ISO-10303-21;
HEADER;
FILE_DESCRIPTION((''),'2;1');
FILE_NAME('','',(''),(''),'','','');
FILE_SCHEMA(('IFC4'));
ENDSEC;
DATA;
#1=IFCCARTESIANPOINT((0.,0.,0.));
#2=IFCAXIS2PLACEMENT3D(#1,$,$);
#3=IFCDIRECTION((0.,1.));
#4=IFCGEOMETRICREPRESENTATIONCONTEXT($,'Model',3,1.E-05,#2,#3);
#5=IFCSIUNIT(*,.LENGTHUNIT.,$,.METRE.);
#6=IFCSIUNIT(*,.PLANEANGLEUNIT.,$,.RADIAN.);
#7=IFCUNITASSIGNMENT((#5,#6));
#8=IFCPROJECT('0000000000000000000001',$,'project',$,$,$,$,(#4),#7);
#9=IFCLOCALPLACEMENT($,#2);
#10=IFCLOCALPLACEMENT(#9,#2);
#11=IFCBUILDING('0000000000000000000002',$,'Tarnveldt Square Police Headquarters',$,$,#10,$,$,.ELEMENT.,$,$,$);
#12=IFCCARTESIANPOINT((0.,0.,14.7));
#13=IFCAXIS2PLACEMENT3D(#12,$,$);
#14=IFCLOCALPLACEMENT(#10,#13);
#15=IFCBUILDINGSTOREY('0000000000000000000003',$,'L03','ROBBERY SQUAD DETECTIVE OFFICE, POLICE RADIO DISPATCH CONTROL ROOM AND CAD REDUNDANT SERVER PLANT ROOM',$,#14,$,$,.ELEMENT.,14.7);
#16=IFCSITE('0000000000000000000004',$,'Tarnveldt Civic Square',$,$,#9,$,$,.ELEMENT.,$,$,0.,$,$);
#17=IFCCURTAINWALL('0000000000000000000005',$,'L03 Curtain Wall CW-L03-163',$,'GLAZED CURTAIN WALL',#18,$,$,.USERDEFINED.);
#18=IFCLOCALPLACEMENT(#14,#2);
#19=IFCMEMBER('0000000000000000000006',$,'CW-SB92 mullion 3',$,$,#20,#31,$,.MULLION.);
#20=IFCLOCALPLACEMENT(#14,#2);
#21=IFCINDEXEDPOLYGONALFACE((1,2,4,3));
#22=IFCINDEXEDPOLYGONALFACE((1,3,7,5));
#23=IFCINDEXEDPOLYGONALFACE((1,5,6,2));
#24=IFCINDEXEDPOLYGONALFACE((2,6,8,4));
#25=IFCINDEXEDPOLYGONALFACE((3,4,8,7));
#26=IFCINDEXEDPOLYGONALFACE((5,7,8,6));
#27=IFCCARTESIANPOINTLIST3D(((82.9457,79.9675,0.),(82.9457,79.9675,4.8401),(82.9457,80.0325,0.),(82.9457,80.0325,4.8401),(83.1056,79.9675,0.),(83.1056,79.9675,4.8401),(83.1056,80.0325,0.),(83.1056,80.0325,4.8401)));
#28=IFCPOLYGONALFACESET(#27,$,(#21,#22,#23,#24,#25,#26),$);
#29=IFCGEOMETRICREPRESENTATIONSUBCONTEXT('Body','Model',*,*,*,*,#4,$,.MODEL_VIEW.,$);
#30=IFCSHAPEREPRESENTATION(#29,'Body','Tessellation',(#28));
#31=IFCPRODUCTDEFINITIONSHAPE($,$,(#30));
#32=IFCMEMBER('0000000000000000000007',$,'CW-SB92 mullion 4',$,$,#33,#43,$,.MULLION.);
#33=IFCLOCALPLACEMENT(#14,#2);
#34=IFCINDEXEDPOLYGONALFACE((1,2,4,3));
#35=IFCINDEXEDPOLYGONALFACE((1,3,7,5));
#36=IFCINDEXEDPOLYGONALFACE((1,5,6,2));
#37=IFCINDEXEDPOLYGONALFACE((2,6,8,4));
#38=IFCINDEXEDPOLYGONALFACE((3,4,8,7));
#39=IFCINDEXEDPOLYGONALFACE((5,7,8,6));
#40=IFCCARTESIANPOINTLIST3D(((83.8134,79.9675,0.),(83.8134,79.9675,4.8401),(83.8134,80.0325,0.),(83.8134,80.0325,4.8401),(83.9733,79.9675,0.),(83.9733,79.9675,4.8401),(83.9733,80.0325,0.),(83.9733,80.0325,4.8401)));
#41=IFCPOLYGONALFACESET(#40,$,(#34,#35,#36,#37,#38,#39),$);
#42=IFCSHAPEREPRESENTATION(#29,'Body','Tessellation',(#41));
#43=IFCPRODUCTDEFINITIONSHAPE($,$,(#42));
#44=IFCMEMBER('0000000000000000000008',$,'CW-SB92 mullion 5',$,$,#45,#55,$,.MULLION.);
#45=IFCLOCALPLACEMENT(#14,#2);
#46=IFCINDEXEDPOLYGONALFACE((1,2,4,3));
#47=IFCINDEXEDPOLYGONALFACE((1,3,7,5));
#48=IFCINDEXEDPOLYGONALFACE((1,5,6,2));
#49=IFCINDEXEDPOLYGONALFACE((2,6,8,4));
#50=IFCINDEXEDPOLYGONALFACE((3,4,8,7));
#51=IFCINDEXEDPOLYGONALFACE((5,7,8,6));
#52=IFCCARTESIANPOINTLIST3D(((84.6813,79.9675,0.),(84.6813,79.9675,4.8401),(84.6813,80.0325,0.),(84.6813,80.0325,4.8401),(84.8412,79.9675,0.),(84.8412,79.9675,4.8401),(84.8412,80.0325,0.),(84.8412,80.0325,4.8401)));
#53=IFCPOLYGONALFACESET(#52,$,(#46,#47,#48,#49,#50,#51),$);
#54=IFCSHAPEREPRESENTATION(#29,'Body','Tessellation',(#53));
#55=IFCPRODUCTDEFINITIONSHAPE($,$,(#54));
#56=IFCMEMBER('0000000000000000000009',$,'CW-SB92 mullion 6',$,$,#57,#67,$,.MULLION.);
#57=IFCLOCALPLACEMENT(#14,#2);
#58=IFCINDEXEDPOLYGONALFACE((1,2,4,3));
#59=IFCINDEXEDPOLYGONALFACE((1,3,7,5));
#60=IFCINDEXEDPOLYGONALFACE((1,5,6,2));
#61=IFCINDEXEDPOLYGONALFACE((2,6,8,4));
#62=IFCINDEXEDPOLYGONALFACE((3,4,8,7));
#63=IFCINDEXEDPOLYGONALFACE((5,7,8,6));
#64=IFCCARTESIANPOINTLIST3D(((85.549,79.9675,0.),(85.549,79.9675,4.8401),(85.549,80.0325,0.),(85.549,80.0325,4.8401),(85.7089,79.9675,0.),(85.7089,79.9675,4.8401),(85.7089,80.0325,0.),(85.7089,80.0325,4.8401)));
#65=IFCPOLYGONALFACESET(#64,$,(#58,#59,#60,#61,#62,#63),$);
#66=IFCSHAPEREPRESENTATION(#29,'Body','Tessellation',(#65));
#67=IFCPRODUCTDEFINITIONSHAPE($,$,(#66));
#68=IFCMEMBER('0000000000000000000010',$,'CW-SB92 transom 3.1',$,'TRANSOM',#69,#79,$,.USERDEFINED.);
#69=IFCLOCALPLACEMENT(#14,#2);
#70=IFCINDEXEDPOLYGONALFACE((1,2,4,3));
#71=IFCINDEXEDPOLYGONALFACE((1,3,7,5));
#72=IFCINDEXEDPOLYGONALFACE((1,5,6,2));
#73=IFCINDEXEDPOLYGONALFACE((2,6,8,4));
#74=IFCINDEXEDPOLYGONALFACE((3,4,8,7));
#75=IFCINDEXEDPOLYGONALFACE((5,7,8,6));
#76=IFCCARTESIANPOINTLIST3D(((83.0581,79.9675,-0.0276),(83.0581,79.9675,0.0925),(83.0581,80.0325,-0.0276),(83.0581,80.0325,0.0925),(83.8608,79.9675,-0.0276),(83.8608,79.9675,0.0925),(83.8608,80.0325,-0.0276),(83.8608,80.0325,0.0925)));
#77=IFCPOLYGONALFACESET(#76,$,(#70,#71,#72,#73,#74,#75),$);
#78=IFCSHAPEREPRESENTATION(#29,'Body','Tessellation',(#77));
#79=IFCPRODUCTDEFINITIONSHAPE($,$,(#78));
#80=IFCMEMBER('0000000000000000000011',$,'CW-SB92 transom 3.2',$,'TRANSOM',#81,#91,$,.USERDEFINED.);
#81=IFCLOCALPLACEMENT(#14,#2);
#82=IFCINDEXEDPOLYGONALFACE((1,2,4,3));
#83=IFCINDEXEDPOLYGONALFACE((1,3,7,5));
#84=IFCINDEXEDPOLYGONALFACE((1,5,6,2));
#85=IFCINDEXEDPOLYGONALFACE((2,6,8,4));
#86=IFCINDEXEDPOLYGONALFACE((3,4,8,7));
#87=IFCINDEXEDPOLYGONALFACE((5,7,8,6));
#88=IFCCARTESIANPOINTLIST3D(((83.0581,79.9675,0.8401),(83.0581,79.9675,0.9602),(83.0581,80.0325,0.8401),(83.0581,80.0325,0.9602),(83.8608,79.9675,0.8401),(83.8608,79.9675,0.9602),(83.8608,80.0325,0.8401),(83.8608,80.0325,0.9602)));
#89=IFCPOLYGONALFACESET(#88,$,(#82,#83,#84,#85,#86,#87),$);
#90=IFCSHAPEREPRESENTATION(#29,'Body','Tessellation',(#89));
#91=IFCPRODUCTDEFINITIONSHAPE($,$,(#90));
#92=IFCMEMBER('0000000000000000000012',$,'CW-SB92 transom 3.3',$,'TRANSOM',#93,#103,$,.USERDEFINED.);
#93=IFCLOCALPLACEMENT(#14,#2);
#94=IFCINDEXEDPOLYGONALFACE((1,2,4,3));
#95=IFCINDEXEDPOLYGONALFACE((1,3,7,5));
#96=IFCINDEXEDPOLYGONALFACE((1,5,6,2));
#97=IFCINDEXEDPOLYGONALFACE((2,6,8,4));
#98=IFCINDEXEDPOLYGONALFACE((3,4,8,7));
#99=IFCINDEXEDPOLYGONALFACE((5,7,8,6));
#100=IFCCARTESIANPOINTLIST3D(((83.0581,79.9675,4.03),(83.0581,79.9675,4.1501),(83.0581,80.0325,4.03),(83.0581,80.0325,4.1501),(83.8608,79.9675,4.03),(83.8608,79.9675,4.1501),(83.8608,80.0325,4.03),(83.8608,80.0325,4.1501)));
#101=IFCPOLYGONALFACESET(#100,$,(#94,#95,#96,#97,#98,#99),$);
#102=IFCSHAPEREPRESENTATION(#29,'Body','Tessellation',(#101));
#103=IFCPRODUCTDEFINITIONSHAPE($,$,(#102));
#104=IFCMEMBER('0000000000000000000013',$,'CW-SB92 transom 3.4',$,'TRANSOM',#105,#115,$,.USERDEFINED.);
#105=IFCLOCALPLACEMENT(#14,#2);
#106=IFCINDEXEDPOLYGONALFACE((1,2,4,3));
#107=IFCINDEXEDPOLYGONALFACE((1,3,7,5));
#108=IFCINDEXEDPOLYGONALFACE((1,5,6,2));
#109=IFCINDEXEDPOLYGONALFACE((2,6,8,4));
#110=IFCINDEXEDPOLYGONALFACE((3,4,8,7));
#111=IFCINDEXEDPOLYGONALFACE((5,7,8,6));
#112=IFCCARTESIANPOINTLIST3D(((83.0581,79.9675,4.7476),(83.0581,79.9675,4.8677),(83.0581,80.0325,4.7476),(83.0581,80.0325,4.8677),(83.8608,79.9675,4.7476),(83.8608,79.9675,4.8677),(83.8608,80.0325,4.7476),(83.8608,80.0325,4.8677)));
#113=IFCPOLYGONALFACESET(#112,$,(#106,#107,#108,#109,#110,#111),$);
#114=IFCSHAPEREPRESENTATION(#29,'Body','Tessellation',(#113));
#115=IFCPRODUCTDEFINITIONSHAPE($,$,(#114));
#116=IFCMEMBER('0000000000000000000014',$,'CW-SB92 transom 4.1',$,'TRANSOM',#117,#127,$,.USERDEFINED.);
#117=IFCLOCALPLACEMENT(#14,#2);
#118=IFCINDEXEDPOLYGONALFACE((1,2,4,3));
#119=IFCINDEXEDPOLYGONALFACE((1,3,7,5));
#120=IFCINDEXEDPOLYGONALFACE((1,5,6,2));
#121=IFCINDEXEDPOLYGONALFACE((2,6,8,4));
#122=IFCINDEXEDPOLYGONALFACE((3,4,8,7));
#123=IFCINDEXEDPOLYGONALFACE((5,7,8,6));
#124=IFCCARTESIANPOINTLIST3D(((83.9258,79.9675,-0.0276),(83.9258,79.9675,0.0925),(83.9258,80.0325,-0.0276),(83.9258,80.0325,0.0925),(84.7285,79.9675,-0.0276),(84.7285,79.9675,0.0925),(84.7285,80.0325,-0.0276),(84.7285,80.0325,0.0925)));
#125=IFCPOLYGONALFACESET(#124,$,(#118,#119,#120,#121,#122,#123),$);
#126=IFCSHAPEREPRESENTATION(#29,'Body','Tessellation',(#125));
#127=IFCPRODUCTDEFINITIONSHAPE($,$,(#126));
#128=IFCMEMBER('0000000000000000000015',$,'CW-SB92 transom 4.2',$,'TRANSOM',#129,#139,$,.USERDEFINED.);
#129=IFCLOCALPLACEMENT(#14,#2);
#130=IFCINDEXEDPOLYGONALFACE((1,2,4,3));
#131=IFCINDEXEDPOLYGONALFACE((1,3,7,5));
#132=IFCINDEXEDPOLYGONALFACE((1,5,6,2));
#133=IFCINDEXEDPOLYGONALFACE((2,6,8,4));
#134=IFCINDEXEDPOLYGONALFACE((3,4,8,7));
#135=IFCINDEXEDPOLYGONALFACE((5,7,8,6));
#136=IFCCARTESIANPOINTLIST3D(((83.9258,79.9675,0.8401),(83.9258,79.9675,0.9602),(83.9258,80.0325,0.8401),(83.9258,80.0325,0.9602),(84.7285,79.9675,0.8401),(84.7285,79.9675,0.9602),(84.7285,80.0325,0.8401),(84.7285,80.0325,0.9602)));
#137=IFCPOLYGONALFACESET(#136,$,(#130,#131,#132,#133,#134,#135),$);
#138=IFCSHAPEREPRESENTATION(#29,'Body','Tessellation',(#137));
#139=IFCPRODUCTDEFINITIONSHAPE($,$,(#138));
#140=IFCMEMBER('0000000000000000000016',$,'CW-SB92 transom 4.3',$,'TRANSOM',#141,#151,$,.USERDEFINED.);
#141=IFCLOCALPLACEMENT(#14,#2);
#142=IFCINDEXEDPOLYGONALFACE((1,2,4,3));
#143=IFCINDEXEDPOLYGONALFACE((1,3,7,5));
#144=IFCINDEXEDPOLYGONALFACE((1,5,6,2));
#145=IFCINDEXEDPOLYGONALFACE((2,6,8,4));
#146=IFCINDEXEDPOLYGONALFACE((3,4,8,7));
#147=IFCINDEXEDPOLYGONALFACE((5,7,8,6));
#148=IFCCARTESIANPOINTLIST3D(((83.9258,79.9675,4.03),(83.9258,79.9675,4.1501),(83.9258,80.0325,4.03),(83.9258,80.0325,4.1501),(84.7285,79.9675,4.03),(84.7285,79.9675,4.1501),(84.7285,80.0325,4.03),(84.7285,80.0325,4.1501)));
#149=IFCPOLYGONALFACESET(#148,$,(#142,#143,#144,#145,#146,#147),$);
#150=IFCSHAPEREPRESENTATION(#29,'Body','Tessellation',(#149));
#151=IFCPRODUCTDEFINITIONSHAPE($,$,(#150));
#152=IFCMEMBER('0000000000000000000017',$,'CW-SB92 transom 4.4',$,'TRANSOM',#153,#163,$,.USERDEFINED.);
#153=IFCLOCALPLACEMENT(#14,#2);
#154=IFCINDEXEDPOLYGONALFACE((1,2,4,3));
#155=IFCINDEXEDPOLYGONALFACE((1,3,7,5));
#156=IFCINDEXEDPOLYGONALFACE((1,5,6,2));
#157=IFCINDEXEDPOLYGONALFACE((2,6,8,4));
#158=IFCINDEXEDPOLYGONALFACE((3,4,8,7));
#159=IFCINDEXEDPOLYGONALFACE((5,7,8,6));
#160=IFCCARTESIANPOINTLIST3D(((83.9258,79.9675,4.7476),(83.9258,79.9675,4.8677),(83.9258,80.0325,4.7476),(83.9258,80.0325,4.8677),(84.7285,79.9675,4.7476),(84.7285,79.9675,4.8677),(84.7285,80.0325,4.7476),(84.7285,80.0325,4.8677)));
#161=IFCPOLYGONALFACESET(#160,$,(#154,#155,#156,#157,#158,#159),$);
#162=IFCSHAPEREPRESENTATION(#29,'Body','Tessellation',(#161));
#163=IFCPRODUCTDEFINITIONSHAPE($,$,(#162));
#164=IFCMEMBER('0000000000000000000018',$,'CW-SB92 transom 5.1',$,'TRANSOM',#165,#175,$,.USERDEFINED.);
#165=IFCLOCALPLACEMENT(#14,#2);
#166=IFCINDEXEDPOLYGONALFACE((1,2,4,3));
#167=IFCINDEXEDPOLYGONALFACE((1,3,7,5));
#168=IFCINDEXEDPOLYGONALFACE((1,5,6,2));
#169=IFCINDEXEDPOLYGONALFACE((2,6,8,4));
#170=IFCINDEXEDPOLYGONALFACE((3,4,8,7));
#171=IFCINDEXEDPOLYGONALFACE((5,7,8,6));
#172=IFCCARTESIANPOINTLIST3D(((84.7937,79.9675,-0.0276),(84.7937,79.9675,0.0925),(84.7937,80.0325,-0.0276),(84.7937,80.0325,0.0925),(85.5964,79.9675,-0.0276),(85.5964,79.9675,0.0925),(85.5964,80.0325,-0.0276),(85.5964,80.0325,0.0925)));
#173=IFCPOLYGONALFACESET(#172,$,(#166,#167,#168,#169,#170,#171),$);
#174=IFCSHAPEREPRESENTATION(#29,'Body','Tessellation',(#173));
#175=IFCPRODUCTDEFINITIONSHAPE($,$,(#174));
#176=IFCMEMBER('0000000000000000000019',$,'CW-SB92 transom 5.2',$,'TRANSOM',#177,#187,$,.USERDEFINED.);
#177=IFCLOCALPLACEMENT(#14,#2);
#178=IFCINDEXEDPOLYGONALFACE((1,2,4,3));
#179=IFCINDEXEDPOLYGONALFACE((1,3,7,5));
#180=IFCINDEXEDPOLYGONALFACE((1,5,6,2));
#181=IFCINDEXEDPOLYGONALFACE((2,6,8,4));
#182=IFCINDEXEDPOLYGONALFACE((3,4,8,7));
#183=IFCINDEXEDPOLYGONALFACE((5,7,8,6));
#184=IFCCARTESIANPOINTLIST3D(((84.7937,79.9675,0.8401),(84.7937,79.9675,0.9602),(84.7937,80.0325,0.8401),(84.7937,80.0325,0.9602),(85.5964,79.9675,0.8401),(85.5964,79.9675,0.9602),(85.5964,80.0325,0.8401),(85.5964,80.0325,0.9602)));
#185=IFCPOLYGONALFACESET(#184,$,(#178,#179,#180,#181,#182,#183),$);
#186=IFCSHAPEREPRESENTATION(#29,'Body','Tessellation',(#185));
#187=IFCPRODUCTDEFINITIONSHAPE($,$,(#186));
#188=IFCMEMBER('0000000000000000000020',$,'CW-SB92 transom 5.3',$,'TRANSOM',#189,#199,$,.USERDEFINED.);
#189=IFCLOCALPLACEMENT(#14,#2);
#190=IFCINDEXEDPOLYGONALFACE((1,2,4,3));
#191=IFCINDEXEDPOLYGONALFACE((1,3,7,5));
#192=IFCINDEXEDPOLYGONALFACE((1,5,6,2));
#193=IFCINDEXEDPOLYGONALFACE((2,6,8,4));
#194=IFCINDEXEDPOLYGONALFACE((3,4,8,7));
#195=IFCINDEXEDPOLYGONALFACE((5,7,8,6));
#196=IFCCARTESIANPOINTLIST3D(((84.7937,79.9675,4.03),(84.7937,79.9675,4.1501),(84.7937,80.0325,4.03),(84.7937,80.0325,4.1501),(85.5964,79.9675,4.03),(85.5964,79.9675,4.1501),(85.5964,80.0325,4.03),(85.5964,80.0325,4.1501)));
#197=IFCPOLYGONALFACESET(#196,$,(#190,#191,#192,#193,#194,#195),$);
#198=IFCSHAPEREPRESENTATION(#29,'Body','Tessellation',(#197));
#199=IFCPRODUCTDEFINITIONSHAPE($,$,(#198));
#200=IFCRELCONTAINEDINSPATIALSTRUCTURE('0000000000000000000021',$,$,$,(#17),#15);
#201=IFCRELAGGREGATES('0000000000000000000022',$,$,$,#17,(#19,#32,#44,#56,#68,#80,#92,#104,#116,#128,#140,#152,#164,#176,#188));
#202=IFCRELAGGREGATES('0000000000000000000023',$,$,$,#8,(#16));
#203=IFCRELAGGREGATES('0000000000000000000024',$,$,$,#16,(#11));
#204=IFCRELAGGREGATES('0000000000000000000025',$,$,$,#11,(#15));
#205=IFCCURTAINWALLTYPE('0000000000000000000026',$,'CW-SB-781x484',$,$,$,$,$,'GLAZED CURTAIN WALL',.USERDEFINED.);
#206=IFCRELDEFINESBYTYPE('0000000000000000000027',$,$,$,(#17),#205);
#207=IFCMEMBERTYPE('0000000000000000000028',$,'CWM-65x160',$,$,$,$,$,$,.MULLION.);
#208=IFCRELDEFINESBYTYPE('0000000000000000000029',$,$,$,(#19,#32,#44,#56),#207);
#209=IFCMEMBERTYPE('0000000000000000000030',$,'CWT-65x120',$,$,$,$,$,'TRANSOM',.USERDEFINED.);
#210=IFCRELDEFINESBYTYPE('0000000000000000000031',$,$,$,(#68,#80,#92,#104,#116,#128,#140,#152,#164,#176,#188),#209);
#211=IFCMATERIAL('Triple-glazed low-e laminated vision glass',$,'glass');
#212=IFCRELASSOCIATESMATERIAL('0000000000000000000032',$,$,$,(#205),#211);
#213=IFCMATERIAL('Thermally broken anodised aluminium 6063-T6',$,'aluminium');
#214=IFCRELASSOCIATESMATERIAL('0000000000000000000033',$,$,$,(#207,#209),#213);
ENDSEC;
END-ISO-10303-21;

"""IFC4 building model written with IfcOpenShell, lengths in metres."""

from ifc_helpers import new_model, si_unit, direction, frame, origin, origin_2d, place, context, subcontext, project, spatial, rectangle, extrude, material, material_profile, profile_set, type_object, element, aggregate, save


model = new_model("IFC4")

# Units and contexts
model_context = context("Model", 3, precision=1e-05, world=origin(), true_north=direction((0.0, 1.0)))
body_context = subcontext(model_context, "Body", "Model", "MODEL_VIEW")
ifc_project = project(units=[si_unit("LENGTHUNIT", "METRE"), si_unit("PLANEANGLEUNIT", "RADIAN")], contexts=[model_context])

# Site, building, storey
site_placement = place(None, origin())
site = spatial("IfcSite", under=ifc_project, at=site_placement, Name="Tarnveldt Civic Square", CompositionType="ELEMENT", RefElevation=0.0)
building_placement = place(site_placement, origin())
building = spatial("IfcBuilding", under=site, at=building_placement, Name="Tarnveldt Square Police Headquarters", CompositionType="ELEMENT")
storey_placement = place(building_placement, frame((0.0, 0.0, 14.7)))
storey = spatial("IfcBuildingStorey", under=building, at=storey_placement, Name="L03", Description="ROBBERY SQUAD DETECTIVE OFFICE, POLICE RADIO DISPATCH CONTROL ROOM AND CAD REDUNDANT SERVER PLANT ROOM", CompositionType="ELEMENT", Elevation=14.7)

# Curtain wall, members
ifc_material_1 = material(Name="Triple-glazed low-e laminated vision glass", Category="glass")
curtain_wall_type = type_object("IfcCurtainWallType", Name="CW-SB-781x484", ElementType="GLAZED CURTAIN WALL", PredefinedType="USERDEFINED", material=ifc_material_1)
curtain_wall_placement = place(storey_placement, origin())
curtain_wall = element("IfcCurtainWall", 1, at=curtain_wall_placement, inside=storey, type_object=curtain_wall_type, Name="L03 Curtain Wall CW-L03-163", ObjectType="GLAZED CURTAIN WALL", PredefinedType="USERDEFINED")
ifc_material_2 = material(Name="Thermally broken anodised aluminium 6063-T6", Category="aluminium")
ifc_material_profile_1 = material_profile(ifc_material_2, rectangle(XDim=0.0649, YDim=0.1599, at=origin_2d()), Name="CW-M65x160")
ifc_profile_set_1 = profile_set([ifc_material_profile_1], Name="Thermally broken anodised aluminium 6063-T6")
member_type_1 = type_object("IfcMemberType", Name="CWM-65x160", PredefinedType="MULLION", material=ifc_profile_set_1)
member_1_placement = place(storey_placement, frame((83.0256, 80.0, 0.0), z_axis=(0.0, 0.0, 1.0), x_axis=(0.0, 1.0, 0.0)))
member_1 = element("IfcMember", 2, at=member_1_placement, type_object=member_type_1, Name="CW-SB92 mullion 3", PredefinedType="MULLION", context=body_context, shape_type="SweptSolid", body=[
    extrude(rectangle(XDim=0.0649, YDim=0.1599, at=origin_2d()), origin(), (0.0, 0.0, 1.0), 4.8401),
])
member_2_placement = place(storey_placement, frame((83.8933, 80.0, 0.0), z_axis=(0.0, 0.0, 1.0), x_axis=(0.0, 1.0, 0.0)))
member_2 = element("IfcMember", 3, at=member_2_placement, type_object=member_type_1, Name="CW-SB92 mullion 4", PredefinedType="MULLION", context=body_context, shape_type="SweptSolid", body=[
    extrude(rectangle(XDim=0.0649, YDim=0.1599, at=origin_2d()), origin(), (0.0, 0.0, 1.0), 4.8401),
])
member_3_placement = place(storey_placement, frame((84.7612, 80.0, 0.0), z_axis=(0.0, 0.0, 1.0), x_axis=(0.0, 1.0, 0.0)))
member_3 = element("IfcMember", 4, at=member_3_placement, type_object=member_type_1, Name="CW-SB92 mullion 5", PredefinedType="MULLION", context=body_context, shape_type="SweptSolid", body=[
    extrude(rectangle(XDim=0.0649, YDim=0.1599, at=origin_2d()), origin(), (0.0, 0.0, 1.0), 4.8401),
])
member_4_placement = place(storey_placement, frame((85.6289, 80.0, 0.0), z_axis=(0.0, 0.0, 1.0), x_axis=(0.0, 1.0, 0.0)))
member_4 = element("IfcMember", 5, at=member_4_placement, type_object=member_type_1, Name="CW-SB92 mullion 6", PredefinedType="MULLION", context=body_context, shape_type="SweptSolid", body=[
    extrude(rectangle(XDim=0.0649, YDim=0.1599, at=origin_2d()), origin(), (0.0, 0.0, 1.0), 4.8401),
])
ifc_material_profile_2 = material_profile(ifc_material_2, rectangle(XDim=0.0649, YDim=0.1201, at=origin_2d()), Name="CW-T65x120")
ifc_profile_set_2 = profile_set([ifc_material_profile_2], Name="Thermally broken anodised aluminium 6063-T6")
member_type_2 = type_object("IfcMemberType", Name="CWT-65x120", ElementType="TRANSOM", PredefinedType="USERDEFINED", material=ifc_profile_set_2)
member_5_placement = place(storey_placement, frame((83.0581, 80.0, 0.0325), z_axis=(1.0, 0.0, 0.0), x_axis=(0.0, 1.0, 0.0)))
member_5 = element("IfcMember", 6, at=member_5_placement, type_object=member_type_2, Name="CW-SB92 transom 3.1", ObjectType="TRANSOM", PredefinedType="USERDEFINED", context=body_context, shape_type="SweptSolid", body=[
    extrude(rectangle(XDim=0.0649, YDim=0.1201, at=origin_2d()), origin(), (0.0, 0.0, 1.0), 0.8027),
])
member_6_placement = place(storey_placement, frame((83.0581, 80.0, 0.9001), z_axis=(1.0, 0.0, 0.0), x_axis=(0.0, 1.0, 0.0)))
member_6 = element("IfcMember", 7, at=member_6_placement, type_object=member_type_2, Name="CW-SB92 transom 3.2", ObjectType="TRANSOM", PredefinedType="USERDEFINED", context=body_context, shape_type="SweptSolid", body=[
    extrude(rectangle(XDim=0.0649, YDim=0.1201, at=origin_2d()), origin(), (0.0, 0.0, 1.0), 0.8027),
])
member_7_placement = place(storey_placement, frame((83.0581, 80.0, 4.0901), z_axis=(1.0, 0.0, 0.0), x_axis=(0.0, 1.0, 0.0)))
member_7 = element("IfcMember", 8, at=member_7_placement, type_object=member_type_2, Name="CW-SB92 transom 3.3", ObjectType="TRANSOM", PredefinedType="USERDEFINED", context=body_context, shape_type="SweptSolid", body=[
    extrude(rectangle(XDim=0.0649, YDim=0.1201, at=origin_2d()), origin(), (0.0, 0.0, 1.0), 0.8027),
])
member_8_placement = place(storey_placement, frame((83.0581, 80.0, 4.8076), z_axis=(1.0, 0.0, 0.0), x_axis=(0.0, 1.0, 0.0)))
member_8 = element("IfcMember", 9, at=member_8_placement, type_object=member_type_2, Name="CW-SB92 transom 3.4", ObjectType="TRANSOM", PredefinedType="USERDEFINED", context=body_context, shape_type="SweptSolid", body=[
    extrude(rectangle(XDim=0.0649, YDim=0.1201, at=origin_2d()), origin(), (0.0, 0.0, 1.0), 0.8027),
])
member_9_placement = place(storey_placement, frame((83.9258, 80.0, 0.0325), z_axis=(1.0, 0.0, 0.0), x_axis=(0.0, 1.0, 0.0)))
member_9 = element("IfcMember", 10, at=member_9_placement, type_object=member_type_2, Name="CW-SB92 transom 4.1", ObjectType="TRANSOM", PredefinedType="USERDEFINED", context=body_context, shape_type="SweptSolid", body=[
    extrude(rectangle(XDim=0.0649, YDim=0.1201, at=origin_2d()), origin(), (0.0, 0.0, 1.0), 0.8027),
])
member_10_placement = place(storey_placement, frame((83.9258, 80.0, 0.9001), z_axis=(1.0, 0.0, 0.0), x_axis=(0.0, 1.0, 0.0)))
member_10 = element("IfcMember", 11, at=member_10_placement, type_object=member_type_2, Name="CW-SB92 transom 4.2", ObjectType="TRANSOM", PredefinedType="USERDEFINED", context=body_context, shape_type="SweptSolid", body=[
    extrude(rectangle(XDim=0.0649, YDim=0.1201, at=origin_2d()), origin(), (0.0, 0.0, 1.0), 0.8027),
])
member_11_placement = place(storey_placement, frame((83.9258, 80.0, 4.0901), z_axis=(1.0, 0.0, 0.0), x_axis=(0.0, 1.0, 0.0)))
member_11 = element("IfcMember", 12, at=member_11_placement, type_object=member_type_2, Name="CW-SB92 transom 4.3", ObjectType="TRANSOM", PredefinedType="USERDEFINED", context=body_context, shape_type="SweptSolid", body=[
    extrude(rectangle(XDim=0.0649, YDim=0.1201, at=origin_2d()), origin(), (0.0, 0.0, 1.0), 0.8027),
])
member_12_placement = place(storey_placement, frame((83.9258, 80.0, 4.8076), z_axis=(1.0, 0.0, 0.0), x_axis=(0.0, 1.0, 0.0)))
member_12 = element("IfcMember", 13, at=member_12_placement, type_object=member_type_2, Name="CW-SB92 transom 4.4", ObjectType="TRANSOM", PredefinedType="USERDEFINED", context=body_context, shape_type="SweptSolid", body=[
    extrude(rectangle(XDim=0.0649, YDim=0.1201, at=origin_2d()), origin(), (0.0, 0.0, 1.0), 0.8027),
])
member_13_placement = place(storey_placement, frame((84.7937, 80.0, 0.0325), z_axis=(1.0, 0.0, 0.0), x_axis=(0.0, 1.0, 0.0)))
member_13 = element("IfcMember", 14, at=member_13_placement, type_object=member_type_2, Name="CW-SB92 transom 5.1", ObjectType="TRANSOM", PredefinedType="USERDEFINED", context=body_context, shape_type="SweptSolid", body=[
    extrude(rectangle(XDim=0.0649, YDim=0.1201, at=origin_2d()), origin(), (0.0, 0.0, 1.0), 0.8027),
])
member_14_placement = place(storey_placement, frame((84.7937, 80.0, 0.9001), z_axis=(1.0, 0.0, 0.0), x_axis=(0.0, 1.0, 0.0)))
member_14 = element("IfcMember", 15, at=member_14_placement, type_object=member_type_2, Name="CW-SB92 transom 5.2", ObjectType="TRANSOM", PredefinedType="USERDEFINED", context=body_context, shape_type="SweptSolid", body=[
    extrude(rectangle(XDim=0.0649, YDim=0.1201, at=origin_2d()), origin(), (0.0, 0.0, 1.0), 0.8027),
])
member_15_placement = place(storey_placement, frame((84.7937, 80.0, 4.0901), z_axis=(1.0, 0.0, 0.0), x_axis=(0.0, 1.0, 0.0)))
member_15 = element("IfcMember", 16, at=member_15_placement, type_object=member_type_2, Name="CW-SB92 transom 5.3", ObjectType="TRANSOM", PredefinedType="USERDEFINED", context=body_context, shape_type="SweptSolid", body=[
    extrude(rectangle(XDim=0.0649, YDim=0.1201, at=origin_2d()), origin(), (0.0, 0.0, 1.0), 0.8027),
])
aggregate(curtain_wall, [member_1, member_2, member_3, member_4, member_5, member_6, member_7, member_8, member_9, member_10, member_11, member_12, member_13, member_14, member_15])

save(model, "model.ifc")
